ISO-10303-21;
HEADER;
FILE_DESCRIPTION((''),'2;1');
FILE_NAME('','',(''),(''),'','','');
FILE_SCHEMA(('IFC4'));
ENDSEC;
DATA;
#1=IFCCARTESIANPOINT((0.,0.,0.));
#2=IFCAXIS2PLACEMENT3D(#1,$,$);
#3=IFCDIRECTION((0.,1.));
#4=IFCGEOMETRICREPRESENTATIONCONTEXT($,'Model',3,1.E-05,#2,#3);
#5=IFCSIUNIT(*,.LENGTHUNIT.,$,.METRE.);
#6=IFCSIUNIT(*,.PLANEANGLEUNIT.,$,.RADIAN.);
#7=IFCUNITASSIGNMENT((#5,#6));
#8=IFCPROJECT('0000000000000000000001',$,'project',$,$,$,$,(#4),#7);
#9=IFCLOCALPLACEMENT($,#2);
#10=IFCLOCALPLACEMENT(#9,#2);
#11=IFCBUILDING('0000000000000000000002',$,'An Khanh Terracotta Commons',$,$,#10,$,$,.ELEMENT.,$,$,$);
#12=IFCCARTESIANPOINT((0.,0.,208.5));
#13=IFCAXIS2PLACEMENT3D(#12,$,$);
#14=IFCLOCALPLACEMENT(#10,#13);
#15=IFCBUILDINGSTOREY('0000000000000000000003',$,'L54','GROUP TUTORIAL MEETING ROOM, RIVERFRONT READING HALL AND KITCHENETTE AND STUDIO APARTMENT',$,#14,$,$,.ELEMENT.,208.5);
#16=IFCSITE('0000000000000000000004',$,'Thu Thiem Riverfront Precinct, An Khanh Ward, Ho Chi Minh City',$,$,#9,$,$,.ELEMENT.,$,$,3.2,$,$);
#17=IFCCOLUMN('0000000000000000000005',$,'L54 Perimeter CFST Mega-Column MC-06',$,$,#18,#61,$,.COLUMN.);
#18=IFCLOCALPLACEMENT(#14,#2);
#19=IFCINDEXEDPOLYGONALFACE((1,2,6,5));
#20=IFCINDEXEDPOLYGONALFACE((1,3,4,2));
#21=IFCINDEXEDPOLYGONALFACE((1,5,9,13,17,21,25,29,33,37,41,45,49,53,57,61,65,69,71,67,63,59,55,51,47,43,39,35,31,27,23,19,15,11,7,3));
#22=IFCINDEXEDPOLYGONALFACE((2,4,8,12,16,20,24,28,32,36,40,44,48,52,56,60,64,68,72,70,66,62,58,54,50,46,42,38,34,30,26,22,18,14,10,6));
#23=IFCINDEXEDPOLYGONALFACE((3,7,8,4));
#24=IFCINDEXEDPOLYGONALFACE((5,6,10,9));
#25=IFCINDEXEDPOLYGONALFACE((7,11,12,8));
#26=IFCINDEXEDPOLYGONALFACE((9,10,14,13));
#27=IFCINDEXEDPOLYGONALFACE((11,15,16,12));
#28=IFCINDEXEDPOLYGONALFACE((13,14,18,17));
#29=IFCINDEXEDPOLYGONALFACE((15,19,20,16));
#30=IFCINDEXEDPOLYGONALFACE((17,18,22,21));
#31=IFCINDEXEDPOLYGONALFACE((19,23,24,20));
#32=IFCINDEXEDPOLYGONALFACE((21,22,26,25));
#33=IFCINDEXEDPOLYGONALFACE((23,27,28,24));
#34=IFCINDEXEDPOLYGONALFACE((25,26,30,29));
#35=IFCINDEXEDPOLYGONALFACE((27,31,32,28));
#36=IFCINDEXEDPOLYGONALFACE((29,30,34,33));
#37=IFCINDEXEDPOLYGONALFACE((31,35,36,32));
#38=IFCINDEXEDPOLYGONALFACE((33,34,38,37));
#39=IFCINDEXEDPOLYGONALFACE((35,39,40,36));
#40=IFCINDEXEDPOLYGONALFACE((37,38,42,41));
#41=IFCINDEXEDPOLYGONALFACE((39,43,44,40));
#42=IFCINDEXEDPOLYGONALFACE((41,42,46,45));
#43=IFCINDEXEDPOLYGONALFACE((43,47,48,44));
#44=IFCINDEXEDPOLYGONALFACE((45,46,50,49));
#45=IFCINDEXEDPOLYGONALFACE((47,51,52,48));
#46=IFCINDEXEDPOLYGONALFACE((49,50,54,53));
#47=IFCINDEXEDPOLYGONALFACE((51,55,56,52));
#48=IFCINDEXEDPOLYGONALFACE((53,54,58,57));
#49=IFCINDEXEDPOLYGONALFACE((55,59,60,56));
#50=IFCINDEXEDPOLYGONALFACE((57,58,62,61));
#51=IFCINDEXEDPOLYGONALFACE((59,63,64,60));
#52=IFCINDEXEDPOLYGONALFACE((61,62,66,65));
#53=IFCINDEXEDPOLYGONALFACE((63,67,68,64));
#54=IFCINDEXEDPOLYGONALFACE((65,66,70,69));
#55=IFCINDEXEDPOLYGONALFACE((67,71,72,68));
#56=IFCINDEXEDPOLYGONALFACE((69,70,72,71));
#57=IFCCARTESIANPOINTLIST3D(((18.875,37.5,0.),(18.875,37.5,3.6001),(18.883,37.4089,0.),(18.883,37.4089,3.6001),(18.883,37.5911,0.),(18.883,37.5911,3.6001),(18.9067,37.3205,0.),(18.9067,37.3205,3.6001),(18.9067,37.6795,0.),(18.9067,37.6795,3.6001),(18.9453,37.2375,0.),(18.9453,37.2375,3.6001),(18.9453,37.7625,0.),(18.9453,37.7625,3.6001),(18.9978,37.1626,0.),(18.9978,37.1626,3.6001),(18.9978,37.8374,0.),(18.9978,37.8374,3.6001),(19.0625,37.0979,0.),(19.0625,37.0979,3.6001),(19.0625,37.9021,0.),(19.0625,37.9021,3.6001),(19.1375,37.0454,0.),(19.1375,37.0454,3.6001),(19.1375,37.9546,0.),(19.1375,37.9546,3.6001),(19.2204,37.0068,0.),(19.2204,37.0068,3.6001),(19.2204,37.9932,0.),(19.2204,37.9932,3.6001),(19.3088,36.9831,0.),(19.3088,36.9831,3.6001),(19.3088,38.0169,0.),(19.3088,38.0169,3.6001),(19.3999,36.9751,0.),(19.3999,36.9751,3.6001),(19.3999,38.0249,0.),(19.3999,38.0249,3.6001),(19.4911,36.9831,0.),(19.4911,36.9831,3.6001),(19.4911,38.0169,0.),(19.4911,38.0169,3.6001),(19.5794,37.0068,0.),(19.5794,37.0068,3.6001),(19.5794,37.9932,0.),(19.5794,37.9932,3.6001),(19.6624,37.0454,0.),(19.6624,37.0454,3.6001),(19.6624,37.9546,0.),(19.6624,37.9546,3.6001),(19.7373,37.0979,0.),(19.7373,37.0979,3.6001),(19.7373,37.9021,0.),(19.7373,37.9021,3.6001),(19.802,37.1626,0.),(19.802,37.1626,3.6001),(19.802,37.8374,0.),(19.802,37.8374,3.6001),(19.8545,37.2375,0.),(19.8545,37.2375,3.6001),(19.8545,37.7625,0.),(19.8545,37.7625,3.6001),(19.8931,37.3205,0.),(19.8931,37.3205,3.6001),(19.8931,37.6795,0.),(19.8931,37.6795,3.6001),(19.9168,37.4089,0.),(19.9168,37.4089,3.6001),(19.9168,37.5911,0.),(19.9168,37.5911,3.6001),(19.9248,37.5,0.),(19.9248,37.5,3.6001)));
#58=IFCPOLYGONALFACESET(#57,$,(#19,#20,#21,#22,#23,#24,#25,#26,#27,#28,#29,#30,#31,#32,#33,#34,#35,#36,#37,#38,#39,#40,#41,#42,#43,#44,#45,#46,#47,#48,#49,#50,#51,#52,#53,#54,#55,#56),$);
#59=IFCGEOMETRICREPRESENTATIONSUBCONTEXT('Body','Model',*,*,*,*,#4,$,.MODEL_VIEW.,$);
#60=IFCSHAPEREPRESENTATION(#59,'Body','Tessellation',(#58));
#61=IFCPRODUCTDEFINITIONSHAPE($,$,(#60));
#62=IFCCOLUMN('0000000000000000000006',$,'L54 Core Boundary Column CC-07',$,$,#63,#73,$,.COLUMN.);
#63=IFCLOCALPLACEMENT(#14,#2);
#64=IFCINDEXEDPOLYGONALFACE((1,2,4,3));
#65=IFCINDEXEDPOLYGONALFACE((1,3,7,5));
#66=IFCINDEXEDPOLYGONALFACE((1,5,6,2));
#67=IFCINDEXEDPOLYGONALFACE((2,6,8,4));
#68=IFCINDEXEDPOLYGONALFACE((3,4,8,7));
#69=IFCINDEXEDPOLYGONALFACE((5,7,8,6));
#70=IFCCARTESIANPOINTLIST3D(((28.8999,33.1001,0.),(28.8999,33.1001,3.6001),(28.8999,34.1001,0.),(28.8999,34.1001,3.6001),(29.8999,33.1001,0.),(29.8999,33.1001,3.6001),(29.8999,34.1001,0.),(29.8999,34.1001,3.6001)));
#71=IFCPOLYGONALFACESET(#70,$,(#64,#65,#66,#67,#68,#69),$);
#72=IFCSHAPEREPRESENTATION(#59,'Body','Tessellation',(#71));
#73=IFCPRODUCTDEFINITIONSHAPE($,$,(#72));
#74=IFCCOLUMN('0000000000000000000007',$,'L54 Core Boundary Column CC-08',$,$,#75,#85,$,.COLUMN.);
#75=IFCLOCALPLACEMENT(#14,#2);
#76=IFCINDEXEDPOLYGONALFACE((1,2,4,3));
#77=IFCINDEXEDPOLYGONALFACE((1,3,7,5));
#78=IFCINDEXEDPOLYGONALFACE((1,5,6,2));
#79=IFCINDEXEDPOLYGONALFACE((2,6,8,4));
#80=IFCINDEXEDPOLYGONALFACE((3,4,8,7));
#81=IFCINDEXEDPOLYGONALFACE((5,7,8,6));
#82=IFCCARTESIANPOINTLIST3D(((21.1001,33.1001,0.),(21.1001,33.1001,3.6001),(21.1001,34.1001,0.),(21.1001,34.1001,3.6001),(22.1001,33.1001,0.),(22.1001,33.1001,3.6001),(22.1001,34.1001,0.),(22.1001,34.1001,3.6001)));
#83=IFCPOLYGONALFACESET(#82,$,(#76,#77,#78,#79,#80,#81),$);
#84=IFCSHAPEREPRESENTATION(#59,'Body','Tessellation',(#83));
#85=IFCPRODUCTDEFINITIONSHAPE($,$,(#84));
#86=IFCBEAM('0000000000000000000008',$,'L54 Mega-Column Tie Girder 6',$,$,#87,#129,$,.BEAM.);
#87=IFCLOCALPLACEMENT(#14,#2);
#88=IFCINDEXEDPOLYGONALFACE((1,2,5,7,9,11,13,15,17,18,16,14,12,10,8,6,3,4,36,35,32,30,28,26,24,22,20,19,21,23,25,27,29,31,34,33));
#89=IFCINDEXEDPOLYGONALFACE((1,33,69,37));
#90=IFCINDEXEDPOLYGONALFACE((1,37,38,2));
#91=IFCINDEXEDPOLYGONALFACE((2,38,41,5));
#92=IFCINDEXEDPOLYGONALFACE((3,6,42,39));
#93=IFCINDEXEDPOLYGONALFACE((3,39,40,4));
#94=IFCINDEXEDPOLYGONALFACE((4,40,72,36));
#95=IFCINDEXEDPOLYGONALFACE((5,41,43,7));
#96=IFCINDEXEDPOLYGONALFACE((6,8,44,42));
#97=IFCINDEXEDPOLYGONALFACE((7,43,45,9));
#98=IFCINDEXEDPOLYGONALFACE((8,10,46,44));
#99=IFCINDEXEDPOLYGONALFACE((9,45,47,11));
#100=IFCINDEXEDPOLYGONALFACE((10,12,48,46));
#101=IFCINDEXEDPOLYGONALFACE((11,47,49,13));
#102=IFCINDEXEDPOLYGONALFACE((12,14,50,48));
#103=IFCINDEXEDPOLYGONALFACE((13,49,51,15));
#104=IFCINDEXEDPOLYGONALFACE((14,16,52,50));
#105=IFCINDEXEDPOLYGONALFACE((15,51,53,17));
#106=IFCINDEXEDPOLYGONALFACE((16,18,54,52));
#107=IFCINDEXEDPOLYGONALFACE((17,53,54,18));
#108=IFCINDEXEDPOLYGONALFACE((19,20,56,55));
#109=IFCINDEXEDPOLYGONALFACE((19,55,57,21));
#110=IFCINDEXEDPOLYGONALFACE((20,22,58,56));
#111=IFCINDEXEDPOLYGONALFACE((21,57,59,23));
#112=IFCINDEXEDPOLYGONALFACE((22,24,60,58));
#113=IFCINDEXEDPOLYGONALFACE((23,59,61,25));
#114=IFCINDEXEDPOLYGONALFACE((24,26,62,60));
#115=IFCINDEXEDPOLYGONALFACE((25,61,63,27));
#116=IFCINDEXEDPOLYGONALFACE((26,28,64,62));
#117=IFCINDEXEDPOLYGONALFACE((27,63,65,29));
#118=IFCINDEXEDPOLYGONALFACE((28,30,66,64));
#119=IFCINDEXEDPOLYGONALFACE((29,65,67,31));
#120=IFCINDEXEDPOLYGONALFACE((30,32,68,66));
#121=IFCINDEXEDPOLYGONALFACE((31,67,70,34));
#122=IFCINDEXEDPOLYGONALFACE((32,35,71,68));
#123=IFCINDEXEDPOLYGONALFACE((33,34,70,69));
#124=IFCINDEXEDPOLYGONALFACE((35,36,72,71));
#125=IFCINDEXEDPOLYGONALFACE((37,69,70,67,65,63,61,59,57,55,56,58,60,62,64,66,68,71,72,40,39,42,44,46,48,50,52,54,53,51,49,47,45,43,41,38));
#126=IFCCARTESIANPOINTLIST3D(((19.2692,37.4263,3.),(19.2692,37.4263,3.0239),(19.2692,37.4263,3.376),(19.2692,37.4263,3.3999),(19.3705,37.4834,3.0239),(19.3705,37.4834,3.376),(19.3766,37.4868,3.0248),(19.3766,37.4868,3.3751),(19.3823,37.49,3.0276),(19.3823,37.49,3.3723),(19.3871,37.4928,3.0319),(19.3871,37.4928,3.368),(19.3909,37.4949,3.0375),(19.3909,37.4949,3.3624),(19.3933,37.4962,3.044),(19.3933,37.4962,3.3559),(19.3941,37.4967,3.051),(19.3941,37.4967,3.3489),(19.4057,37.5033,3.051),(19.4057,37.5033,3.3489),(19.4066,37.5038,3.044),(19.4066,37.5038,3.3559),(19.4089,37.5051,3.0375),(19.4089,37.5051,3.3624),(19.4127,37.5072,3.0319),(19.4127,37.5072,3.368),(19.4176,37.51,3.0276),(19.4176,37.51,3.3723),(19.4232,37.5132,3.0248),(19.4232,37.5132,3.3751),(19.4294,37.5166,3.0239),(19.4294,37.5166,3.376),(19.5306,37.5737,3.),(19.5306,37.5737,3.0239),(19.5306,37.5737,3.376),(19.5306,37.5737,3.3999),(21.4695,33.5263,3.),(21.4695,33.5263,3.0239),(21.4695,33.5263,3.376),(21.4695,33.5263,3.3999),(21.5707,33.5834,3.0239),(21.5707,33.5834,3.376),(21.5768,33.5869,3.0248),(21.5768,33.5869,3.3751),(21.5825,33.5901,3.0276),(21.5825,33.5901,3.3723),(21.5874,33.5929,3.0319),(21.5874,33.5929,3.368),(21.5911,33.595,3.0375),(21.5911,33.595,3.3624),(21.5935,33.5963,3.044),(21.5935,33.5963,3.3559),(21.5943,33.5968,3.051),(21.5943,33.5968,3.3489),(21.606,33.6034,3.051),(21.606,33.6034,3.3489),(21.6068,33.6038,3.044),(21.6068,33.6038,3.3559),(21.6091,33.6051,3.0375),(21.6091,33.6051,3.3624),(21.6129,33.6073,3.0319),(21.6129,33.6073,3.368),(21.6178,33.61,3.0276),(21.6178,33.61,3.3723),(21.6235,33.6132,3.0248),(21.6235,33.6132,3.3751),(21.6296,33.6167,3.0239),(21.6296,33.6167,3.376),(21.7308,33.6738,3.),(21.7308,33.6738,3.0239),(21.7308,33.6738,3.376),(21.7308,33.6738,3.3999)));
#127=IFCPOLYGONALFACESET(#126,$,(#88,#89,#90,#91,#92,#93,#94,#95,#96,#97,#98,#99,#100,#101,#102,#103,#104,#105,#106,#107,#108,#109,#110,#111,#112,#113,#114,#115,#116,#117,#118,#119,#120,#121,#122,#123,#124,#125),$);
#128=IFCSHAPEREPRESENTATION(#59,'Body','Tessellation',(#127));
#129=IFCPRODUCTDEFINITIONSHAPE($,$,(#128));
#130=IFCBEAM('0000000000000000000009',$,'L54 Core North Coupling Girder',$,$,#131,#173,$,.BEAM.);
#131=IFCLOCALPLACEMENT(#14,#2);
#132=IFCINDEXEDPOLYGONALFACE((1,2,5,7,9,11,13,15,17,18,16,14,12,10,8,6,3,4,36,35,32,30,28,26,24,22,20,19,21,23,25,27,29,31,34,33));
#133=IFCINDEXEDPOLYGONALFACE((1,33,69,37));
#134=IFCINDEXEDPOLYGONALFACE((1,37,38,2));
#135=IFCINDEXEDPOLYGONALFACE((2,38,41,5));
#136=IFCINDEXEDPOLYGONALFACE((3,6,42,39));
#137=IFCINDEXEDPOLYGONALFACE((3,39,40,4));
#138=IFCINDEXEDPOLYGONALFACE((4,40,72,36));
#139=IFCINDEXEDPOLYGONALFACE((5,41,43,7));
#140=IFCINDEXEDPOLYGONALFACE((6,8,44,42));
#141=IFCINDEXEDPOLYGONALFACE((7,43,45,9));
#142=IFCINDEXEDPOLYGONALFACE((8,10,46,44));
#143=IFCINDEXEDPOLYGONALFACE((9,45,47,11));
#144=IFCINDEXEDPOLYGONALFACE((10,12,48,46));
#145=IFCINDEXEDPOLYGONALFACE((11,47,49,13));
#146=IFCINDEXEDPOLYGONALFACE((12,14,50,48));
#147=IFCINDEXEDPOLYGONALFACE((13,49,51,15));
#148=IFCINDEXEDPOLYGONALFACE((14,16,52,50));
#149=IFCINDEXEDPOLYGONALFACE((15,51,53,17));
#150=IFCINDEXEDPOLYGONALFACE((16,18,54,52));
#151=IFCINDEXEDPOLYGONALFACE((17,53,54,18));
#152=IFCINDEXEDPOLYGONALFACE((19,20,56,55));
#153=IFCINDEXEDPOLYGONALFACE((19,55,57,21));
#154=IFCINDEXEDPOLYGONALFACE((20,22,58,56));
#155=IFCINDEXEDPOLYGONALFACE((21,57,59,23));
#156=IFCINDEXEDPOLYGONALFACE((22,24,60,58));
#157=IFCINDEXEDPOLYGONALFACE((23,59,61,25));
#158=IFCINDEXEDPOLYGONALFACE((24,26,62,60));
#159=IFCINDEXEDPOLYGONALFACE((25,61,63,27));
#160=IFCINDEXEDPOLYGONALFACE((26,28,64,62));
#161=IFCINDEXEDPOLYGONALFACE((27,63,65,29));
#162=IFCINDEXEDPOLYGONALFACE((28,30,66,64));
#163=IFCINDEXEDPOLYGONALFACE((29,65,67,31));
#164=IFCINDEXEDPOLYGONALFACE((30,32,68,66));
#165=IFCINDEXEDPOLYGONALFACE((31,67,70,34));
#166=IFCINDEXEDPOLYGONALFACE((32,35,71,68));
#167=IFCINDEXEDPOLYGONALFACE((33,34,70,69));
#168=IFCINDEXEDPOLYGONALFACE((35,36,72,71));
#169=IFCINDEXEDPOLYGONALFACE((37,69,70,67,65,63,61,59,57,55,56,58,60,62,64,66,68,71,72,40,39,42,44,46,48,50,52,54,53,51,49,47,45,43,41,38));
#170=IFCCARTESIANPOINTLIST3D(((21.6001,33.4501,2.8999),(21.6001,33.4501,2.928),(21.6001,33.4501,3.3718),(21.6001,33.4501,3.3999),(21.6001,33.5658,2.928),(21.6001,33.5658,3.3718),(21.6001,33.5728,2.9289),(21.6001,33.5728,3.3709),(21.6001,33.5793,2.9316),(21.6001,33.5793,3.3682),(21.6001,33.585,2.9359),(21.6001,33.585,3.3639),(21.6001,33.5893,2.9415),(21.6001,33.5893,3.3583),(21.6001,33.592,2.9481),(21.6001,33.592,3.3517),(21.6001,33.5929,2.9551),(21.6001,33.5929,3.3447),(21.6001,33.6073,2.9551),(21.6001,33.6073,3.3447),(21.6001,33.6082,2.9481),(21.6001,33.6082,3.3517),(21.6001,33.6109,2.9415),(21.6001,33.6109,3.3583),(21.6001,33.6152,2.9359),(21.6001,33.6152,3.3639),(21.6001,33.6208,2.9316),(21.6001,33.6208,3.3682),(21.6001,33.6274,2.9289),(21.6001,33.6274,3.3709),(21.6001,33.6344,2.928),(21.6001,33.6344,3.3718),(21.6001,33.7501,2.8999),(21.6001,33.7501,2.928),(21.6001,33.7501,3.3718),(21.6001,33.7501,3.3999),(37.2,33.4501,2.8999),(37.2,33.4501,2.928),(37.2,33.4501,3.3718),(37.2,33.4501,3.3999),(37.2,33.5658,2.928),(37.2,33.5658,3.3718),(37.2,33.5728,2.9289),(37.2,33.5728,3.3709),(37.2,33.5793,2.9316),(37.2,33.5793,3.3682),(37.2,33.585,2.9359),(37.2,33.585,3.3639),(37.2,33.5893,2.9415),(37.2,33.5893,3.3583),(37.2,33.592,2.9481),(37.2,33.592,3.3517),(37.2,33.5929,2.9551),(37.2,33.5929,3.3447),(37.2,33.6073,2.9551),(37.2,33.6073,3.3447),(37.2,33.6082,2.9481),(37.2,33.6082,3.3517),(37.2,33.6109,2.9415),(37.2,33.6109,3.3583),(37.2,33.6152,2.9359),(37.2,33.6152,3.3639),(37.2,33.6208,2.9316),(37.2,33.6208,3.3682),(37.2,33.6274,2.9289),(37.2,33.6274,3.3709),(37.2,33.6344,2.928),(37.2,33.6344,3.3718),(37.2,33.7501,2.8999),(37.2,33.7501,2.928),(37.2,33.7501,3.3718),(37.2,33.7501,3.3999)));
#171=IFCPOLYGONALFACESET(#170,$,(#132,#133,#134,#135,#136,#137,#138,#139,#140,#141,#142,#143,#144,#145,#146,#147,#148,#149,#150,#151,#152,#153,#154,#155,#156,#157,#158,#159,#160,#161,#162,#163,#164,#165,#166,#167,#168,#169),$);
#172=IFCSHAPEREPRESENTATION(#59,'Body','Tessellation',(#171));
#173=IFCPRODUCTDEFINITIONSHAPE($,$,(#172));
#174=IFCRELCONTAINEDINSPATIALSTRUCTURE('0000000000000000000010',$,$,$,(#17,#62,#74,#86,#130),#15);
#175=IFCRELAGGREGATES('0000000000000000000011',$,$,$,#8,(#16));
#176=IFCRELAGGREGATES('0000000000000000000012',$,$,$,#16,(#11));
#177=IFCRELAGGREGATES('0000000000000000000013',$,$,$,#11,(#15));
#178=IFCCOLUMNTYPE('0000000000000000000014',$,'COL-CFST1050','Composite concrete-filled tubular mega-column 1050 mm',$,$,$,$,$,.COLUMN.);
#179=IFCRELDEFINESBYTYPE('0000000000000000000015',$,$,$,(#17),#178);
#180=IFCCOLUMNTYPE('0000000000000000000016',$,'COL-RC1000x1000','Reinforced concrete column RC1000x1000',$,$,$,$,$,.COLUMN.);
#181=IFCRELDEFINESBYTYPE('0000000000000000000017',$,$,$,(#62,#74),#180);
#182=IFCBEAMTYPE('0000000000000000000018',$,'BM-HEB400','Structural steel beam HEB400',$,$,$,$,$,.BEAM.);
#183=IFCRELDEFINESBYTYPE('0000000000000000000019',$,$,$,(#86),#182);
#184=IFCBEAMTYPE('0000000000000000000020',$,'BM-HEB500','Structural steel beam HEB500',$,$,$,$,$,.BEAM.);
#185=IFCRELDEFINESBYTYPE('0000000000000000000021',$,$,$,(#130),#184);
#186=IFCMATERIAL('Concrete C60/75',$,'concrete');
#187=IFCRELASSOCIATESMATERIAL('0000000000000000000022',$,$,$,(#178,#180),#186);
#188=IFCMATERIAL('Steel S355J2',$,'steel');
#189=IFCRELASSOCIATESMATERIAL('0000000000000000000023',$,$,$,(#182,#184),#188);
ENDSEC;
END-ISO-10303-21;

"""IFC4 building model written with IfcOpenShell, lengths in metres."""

from ifc_helpers import new_model, si_unit, direction, frame, origin, origin_2d, place, context, subcontext, project, spatial, rectangle, circle, i_section, extrude, material, material_profile, profile_set, type_object, element, save


model = new_model("IFC4")

# Units and contexts
model_context = context("Model", 3, precision=1e-05, world=origin(), true_north=direction((0.0, 1.0)))
body_context = subcontext(model_context, "Body", "Model", "MODEL_VIEW")
ifc_project = project(units=[si_unit("LENGTHUNIT", "METRE"), si_unit("PLANEANGLEUNIT", "RADIAN")], contexts=[model_context])

# Site, building, storey
site_placement = place(None, origin())
site = spatial("IfcSite", under=ifc_project, at=site_placement, Name="Thu Thiem Riverfront Precinct, An Khanh Ward, Ho Chi Minh City", CompositionType="ELEMENT", RefElevation=3.2)
building_placement = place(site_placement, origin())
building = spatial("IfcBuilding", under=site, at=building_placement, Name="An Khanh Terracotta Commons", CompositionType="ELEMENT")
storey_placement = place(building_placement, frame((0.0, 0.0, 208.5)))
storey = spatial("IfcBuildingStorey", under=building, at=storey_placement, Name="L54", Description="GROUP TUTORIAL MEETING ROOM, RIVERFRONT READING HALL AND KITCHENETTE AND STUDIO APARTMENT", CompositionType="ELEMENT", Elevation=208.5)

# Columns
ifc_material_1 = material(Name="Concrete C60/75", Category="concrete")
ifc_material_profile_1 = material_profile(ifc_material_1, circle(Radius=0.5249, at=origin_2d()), Name="CFST1050")
ifc_profile_set_1 = profile_set([ifc_material_profile_1], Name="Concrete C60/75")
column_type_1 = type_object("IfcColumnType", Name="COL-CFST1050", Description="Composite concrete-filled tubular mega-column 1050 mm", PredefinedType="COLUMN", material=ifc_profile_set_1)
column_placement = place(storey_placement, frame((19.3999, 37.5, 0.0), z_axis=(0.0, 0.0, 1.0), x_axis=(1.0, 0.0, 0.0)))
element("IfcColumn", 1, at=column_placement, inside=storey, type_object=column_type_1, Name="L54 Perimeter CFST Mega-Column MC-06", PredefinedType="COLUMN", context=body_context, shape_type="SweptSolid", body=[
    extrude(circle(Radius=0.5249, at=origin_2d()), origin(), (0.0, 0.0, 1.0), 3.6001),
])
ifc_material_profile_2 = material_profile(ifc_material_1, rectangle(XDim=1.0, YDim=1.0, at=origin_2d()), Name="RC1000x1000")
ifc_profile_set_2 = profile_set([ifc_material_profile_2], Name="Concrete C60/75")
column_type_2 = type_object("IfcColumnType", Name="COL-RC1000x1000", Description="Reinforced concrete column RC1000x1000", PredefinedType="COLUMN", material=ifc_profile_set_2)
for number, where, z_axis, x_axis, name in (
    (2, (29.3999, 33.6001, 0.0), (0.0, 0.0, 1.0), (1.0, 0.0, 0.0), "L54 Core Boundary Column CC-07"),
    (3, (21.6001, 33.6001, 0.0), (0.0, 0.0, 1.0), (1.0, 0.0, 0.0), "L54 Core Boundary Column CC-08"),
):
    element("IfcColumn", number, at=place(storey_placement, frame(where, z_axis=z_axis, x_axis=x_axis)), inside=storey, type_object=column_type_2, Name=name, PredefinedType="COLUMN", context=body_context, shape_type="SweptSolid", body=[
        extrude(rectangle(XDim=1.0, YDim=1.0, at=origin_2d()), origin(), (0.0, 0.0, 1.0), 3.6001),
    ])

# Beams
ifc_material_2 = material(Name="Steel S355J2", Category="steel")
ifc_material_profile_3 = material_profile(ifc_material_2, i_section(OverallWidth=0.3, OverallDepth=0.3999, WebThickness=0.0134, FlangeThickness=0.0239, FilletRadius=0.0271, at=origin_2d()), Name="HEB400")
ifc_profile_set_3 = profile_set([ifc_material_profile_3], Name="Steel S355J2")
beam_type_1 = type_object("IfcBeamType", Name="BM-HEB400", Description="Structural steel beam HEB400", PredefinedType="BEAM", material=ifc_profile_set_3)
beam_1_placement = place(storey_placement, frame((19.3999, 37.5, 3.2), z_axis=(0.491364, -0.870955, 0.0), x_axis=(0.870955, 0.491364, 0.0)))
element("IfcBeam", 4, at=beam_1_placement, inside=storey, type_object=beam_type_1, Name="L54 Mega-Column Tie Girder 6", PredefinedType="BEAM", context=body_context, shape_type="SweptSolid", body=[
    extrude(i_section(OverallWidth=0.3, OverallDepth=0.3999, WebThickness=0.0134, FlangeThickness=0.0239, FilletRadius=0.0271, at=origin_2d()), origin(), (0.0, 0.0, 1.0), 4.4778),
])
ifc_material_profile_4 = material_profile(ifc_material_2, i_section(OverallWidth=0.3, OverallDepth=0.5, WebThickness=0.0144, FlangeThickness=0.0281, FilletRadius=0.0271, at=origin_2d()), Name="HEB500")
ifc_profile_set_4 = profile_set([ifc_material_profile_4], Name="Steel S355J2")
beam_type_2 = type_object("IfcBeamType", Name="BM-HEB500", Description="Structural steel beam HEB500", PredefinedType="BEAM", material=ifc_profile_set_4)
beam_2_placement = place(storey_placement, frame((21.6001, 33.6001, 3.1499), z_axis=(1.0, 0.0, 0.0), x_axis=(0.0, 1.0, 0.0)))
element("IfcBeam", 5, at=beam_2_placement, inside=storey, type_object=beam_type_2, Name="L54 Core North Coupling Girder", PredefinedType="BEAM", context=body_context, shape_type="SweptSolid", body=[
    extrude(i_section(OverallWidth=0.3, OverallDepth=0.5, WebThickness=0.0144, FlangeThickness=0.0281, FilletRadius=0.0271, at=origin_2d()), origin(), (0.0, 0.0, 1.0), 15.5999),
])

save(model, "model.ifc")
